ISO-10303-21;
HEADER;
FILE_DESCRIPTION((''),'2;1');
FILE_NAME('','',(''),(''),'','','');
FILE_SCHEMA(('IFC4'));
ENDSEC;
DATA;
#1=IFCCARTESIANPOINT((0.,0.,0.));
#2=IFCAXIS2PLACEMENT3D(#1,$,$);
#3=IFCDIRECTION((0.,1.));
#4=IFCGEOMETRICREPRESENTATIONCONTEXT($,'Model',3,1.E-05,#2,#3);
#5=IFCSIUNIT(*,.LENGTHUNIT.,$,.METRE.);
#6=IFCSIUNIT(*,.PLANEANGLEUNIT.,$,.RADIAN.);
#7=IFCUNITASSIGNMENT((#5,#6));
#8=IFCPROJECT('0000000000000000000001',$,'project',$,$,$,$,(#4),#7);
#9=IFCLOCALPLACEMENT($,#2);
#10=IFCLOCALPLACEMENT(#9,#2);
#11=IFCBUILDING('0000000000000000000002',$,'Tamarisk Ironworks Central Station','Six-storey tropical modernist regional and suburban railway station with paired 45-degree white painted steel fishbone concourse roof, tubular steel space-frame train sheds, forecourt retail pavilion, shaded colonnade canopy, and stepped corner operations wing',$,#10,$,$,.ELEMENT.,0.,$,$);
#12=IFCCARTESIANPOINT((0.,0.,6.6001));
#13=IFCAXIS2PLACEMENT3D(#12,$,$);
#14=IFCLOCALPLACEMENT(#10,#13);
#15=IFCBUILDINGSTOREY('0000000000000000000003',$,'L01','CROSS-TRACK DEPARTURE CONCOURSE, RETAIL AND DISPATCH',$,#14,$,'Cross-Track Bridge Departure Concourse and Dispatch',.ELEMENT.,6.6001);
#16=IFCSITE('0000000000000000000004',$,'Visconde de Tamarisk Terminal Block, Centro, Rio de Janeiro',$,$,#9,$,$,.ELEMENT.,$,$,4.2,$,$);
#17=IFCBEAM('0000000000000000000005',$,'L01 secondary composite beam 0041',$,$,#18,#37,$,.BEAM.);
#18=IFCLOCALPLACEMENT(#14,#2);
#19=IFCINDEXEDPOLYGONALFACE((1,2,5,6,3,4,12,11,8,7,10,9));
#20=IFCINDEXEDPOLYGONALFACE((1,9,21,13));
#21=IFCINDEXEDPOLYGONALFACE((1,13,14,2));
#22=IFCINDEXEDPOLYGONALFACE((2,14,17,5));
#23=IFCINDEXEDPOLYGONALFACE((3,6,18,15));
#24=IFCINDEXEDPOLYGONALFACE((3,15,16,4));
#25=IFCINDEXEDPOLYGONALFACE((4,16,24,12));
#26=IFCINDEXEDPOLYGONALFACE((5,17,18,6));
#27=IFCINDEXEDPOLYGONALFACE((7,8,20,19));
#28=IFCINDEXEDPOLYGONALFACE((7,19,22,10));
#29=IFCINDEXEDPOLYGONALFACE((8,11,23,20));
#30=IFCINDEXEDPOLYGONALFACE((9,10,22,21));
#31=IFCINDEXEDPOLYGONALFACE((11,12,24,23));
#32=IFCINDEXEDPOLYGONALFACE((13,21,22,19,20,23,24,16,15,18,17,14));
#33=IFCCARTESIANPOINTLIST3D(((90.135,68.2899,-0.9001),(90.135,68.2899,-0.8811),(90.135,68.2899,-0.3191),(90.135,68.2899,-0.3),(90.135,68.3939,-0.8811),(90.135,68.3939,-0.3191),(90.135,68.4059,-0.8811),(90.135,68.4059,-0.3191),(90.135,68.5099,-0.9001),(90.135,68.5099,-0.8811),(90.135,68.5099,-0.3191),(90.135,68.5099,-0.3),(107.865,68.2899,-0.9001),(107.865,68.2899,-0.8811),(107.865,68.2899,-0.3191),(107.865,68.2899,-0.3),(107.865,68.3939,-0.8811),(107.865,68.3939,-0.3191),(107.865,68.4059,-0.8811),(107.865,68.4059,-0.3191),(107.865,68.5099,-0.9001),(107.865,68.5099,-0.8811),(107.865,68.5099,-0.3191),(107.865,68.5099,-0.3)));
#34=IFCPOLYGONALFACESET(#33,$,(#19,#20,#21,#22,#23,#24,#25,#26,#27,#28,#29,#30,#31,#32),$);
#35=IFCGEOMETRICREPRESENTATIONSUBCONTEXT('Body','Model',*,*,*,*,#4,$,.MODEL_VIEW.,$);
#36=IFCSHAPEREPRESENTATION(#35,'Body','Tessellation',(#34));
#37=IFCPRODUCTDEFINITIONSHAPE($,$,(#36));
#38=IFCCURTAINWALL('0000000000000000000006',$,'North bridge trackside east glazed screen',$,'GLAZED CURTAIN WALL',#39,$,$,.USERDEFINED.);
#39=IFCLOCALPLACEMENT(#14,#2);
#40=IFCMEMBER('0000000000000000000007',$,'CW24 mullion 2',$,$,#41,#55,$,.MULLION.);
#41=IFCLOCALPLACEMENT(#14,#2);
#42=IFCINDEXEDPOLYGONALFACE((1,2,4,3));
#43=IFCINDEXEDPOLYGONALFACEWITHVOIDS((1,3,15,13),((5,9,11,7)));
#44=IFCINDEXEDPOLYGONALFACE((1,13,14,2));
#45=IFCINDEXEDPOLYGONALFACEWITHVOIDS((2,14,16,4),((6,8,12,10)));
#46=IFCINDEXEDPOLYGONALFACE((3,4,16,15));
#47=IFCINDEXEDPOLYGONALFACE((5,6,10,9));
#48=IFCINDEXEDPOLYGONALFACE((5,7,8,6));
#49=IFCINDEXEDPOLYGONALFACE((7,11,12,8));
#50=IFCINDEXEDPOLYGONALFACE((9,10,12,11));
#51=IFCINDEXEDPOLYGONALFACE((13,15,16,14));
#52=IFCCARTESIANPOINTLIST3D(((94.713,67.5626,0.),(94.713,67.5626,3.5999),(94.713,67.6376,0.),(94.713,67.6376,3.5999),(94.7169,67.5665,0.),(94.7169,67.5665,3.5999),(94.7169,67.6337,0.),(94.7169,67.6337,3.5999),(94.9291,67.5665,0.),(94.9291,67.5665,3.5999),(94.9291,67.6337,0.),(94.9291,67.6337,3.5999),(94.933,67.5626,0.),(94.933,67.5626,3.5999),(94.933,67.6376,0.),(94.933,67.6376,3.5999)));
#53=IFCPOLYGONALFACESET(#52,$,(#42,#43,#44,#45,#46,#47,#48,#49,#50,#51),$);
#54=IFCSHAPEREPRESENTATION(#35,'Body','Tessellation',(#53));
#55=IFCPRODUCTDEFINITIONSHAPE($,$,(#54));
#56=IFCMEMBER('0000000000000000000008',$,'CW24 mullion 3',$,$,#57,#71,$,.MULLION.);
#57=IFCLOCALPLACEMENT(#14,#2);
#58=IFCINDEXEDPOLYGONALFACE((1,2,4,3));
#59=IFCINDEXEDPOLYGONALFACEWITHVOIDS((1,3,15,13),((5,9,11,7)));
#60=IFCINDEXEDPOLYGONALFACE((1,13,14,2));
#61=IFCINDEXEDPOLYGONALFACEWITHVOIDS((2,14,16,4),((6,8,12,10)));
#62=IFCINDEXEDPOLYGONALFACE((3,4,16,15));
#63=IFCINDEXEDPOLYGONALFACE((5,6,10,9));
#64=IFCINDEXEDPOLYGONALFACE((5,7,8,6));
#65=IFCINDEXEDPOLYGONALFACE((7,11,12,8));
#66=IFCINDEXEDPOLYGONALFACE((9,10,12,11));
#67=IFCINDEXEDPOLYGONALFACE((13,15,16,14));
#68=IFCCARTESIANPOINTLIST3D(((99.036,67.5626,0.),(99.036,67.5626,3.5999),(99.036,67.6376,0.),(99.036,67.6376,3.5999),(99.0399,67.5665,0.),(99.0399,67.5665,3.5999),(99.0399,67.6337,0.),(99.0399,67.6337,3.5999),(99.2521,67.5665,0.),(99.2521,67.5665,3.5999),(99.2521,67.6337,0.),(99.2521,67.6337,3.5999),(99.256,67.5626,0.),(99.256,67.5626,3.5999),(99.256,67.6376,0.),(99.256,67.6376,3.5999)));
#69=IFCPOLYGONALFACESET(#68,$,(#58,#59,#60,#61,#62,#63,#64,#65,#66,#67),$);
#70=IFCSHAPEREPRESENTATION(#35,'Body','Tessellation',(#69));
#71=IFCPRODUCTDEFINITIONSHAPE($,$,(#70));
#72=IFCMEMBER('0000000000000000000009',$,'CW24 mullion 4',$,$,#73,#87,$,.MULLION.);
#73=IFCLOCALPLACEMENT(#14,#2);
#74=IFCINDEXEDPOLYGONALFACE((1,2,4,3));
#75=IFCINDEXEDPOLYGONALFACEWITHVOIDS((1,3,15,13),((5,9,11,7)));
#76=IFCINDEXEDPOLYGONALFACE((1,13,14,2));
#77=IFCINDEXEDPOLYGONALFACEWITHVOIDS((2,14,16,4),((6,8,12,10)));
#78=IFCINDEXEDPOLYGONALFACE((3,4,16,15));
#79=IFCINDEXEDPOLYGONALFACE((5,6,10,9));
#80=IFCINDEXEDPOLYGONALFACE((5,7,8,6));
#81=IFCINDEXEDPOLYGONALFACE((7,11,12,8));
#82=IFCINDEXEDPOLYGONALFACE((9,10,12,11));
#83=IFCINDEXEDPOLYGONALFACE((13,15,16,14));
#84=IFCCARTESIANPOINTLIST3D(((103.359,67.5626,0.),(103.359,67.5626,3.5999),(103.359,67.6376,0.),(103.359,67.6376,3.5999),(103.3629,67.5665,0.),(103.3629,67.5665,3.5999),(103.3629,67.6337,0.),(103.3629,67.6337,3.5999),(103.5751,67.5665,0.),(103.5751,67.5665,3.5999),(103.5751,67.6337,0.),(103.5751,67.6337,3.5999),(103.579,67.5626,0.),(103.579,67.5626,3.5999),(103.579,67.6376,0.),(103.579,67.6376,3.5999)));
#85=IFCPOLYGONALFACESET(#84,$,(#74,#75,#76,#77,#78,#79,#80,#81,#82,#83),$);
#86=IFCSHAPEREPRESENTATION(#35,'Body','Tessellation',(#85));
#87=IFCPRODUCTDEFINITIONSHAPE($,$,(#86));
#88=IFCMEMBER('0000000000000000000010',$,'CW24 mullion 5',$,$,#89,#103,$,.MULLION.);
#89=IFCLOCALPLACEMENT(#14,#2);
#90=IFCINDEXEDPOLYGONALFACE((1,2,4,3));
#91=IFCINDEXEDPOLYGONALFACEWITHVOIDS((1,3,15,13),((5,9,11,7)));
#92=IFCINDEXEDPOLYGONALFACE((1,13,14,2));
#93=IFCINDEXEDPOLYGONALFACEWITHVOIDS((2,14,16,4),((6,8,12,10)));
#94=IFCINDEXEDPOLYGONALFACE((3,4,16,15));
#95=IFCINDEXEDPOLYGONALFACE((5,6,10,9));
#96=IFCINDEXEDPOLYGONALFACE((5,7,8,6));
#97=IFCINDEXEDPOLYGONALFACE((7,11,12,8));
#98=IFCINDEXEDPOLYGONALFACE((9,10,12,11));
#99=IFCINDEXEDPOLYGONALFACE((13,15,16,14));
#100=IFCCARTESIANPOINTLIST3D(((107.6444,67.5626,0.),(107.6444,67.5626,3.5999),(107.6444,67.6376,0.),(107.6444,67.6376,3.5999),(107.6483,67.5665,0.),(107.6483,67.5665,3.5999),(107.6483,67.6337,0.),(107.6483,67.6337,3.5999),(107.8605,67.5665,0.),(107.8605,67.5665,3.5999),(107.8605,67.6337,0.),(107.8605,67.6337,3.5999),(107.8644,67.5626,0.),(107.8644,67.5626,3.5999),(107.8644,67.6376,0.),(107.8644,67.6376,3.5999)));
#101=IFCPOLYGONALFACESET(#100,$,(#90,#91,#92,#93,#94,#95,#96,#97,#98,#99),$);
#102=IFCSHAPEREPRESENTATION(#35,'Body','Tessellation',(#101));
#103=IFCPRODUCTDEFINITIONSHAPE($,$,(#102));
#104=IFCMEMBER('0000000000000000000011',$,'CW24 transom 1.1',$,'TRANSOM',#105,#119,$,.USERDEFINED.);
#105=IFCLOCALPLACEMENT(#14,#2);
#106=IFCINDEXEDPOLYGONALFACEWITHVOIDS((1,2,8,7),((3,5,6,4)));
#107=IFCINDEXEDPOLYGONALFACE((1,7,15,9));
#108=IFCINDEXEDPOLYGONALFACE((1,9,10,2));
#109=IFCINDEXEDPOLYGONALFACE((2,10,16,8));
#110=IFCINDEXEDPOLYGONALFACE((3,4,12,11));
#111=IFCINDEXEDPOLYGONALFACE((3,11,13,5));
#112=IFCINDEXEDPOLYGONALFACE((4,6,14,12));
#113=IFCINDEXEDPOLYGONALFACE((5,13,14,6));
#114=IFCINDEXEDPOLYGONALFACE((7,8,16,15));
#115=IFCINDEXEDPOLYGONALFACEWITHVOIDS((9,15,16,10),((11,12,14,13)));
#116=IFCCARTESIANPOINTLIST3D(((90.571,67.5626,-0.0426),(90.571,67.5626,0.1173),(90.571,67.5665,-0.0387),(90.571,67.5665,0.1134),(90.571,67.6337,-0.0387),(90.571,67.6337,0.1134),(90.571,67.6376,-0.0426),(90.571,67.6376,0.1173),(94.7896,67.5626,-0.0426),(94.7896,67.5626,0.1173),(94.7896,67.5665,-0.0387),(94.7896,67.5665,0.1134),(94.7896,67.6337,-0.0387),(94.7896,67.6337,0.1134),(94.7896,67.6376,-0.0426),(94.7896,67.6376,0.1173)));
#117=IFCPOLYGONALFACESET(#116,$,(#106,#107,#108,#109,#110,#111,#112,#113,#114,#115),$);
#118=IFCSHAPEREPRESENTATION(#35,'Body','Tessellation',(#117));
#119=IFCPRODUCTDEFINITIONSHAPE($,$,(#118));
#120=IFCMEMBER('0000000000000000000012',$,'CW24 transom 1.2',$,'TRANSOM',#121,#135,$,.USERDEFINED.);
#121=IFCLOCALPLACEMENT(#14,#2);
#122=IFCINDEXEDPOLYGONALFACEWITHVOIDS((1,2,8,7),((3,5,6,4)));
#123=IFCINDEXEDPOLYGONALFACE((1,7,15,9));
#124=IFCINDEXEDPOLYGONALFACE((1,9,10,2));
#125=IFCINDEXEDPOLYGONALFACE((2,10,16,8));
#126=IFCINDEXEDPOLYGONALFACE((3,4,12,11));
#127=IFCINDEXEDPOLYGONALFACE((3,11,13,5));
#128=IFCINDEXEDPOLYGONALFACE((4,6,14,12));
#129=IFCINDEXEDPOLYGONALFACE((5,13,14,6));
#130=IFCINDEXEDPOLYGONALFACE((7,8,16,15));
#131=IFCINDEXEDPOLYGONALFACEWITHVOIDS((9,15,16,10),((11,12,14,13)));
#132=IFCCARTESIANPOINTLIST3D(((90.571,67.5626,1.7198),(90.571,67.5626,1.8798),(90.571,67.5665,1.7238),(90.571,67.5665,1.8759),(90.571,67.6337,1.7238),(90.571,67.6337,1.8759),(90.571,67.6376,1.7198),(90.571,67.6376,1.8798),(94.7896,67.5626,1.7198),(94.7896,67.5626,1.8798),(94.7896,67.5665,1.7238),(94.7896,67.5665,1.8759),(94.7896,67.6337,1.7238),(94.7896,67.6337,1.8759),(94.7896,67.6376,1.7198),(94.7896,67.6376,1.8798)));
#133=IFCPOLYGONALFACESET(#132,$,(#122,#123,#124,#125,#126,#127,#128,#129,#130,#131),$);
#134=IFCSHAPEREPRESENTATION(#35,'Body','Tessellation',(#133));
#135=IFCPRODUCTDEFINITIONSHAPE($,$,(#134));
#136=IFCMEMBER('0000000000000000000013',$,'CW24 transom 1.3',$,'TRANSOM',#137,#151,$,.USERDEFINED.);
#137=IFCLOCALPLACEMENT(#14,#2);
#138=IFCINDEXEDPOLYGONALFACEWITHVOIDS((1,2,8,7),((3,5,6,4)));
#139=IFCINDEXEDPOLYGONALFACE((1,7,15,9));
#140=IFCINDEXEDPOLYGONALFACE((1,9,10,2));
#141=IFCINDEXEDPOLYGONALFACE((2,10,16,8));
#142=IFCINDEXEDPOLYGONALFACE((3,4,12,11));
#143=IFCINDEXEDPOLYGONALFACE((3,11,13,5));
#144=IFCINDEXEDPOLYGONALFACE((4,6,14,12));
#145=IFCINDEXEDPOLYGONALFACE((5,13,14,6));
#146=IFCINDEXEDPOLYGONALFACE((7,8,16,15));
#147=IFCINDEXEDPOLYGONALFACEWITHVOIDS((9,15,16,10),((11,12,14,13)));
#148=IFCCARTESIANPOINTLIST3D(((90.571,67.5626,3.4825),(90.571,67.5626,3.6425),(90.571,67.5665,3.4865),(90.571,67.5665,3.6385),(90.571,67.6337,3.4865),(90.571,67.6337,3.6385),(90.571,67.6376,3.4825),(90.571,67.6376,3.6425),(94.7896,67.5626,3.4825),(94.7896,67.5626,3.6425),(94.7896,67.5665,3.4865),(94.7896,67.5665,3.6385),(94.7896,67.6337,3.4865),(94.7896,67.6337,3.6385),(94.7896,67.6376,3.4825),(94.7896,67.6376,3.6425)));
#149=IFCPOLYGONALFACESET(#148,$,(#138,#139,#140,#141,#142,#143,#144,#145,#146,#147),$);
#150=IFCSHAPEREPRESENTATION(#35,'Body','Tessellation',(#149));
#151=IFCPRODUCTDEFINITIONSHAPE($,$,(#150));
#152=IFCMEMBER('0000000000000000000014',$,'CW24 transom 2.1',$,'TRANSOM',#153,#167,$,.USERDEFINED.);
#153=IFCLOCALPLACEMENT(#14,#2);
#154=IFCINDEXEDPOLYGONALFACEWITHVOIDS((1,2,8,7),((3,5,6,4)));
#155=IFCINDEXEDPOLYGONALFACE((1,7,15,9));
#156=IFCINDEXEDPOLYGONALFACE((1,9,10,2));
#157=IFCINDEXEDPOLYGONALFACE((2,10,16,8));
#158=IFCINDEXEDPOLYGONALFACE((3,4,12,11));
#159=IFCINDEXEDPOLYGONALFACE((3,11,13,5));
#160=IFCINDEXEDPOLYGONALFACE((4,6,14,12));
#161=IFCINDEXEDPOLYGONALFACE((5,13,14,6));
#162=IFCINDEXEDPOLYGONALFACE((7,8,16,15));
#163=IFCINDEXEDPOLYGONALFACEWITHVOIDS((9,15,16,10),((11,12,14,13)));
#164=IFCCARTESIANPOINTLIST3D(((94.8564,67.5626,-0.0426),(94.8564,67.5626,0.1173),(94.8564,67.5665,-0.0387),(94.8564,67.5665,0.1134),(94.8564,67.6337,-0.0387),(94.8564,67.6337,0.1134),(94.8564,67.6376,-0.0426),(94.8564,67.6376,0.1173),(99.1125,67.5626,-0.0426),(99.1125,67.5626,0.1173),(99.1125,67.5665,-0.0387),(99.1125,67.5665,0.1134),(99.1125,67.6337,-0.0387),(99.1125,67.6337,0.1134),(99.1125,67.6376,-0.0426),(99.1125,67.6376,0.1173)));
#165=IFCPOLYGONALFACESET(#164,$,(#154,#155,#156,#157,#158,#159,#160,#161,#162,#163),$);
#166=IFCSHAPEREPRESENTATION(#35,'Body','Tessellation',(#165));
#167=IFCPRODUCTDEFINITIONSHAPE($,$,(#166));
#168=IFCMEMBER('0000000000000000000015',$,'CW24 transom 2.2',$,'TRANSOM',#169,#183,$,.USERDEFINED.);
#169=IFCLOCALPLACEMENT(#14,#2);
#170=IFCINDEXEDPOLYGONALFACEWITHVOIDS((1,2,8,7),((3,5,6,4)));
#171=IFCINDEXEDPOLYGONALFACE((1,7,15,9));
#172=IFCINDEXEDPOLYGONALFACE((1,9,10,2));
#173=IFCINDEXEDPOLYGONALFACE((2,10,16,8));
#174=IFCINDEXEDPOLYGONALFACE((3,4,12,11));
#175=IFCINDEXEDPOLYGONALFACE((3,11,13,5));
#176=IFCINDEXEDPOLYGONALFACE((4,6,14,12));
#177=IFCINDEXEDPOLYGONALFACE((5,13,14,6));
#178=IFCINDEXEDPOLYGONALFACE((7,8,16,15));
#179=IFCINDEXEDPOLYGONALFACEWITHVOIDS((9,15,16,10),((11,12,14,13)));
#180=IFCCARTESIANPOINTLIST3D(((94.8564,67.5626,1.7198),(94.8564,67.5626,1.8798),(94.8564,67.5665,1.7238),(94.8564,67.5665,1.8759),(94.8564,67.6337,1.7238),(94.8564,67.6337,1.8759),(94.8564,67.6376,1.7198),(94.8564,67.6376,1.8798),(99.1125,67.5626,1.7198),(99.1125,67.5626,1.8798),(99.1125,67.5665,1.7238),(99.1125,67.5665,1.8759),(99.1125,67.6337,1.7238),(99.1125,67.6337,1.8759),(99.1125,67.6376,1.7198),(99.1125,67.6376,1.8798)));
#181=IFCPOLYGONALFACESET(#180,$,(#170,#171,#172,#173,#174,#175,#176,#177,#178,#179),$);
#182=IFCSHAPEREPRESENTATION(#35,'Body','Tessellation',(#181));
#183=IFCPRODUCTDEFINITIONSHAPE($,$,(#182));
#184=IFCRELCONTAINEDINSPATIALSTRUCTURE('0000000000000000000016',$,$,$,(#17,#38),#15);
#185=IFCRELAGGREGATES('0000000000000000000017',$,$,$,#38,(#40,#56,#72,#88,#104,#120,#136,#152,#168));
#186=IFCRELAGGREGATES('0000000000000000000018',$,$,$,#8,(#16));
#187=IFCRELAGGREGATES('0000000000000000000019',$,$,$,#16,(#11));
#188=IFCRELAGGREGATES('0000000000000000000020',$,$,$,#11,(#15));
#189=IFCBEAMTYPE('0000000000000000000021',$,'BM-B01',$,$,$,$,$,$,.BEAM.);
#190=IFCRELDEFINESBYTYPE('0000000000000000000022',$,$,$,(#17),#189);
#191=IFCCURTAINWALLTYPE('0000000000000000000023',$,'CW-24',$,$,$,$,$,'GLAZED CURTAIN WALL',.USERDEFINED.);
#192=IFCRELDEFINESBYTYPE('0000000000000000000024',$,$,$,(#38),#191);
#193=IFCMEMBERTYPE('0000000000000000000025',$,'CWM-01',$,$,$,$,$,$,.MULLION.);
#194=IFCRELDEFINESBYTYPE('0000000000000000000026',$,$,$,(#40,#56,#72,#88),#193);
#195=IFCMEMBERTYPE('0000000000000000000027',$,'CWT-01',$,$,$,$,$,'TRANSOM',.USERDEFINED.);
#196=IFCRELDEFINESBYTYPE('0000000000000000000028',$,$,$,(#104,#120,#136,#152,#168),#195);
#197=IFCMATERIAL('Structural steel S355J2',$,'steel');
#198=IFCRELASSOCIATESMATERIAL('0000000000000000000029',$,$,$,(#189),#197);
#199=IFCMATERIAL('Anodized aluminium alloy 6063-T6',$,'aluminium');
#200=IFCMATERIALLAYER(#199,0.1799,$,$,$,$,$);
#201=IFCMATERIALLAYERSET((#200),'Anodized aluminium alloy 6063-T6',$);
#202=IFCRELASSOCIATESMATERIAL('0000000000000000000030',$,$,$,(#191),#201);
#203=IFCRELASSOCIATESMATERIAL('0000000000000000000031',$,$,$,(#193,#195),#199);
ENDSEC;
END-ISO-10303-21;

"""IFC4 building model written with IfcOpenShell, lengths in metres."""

from ifc_helpers import new_model, si_unit, direction, frame, origin, origin_2d, place, context, subcontext, project, spatial, hollow_rectangle, i_section, extrude, material, layer, layer_set, material_profile, profile_set, type_object, element, aggregate, save


model = new_model("IFC4")

# Units and contexts
model_context = context("Model", 3, precision=1e-05, world=origin(), true_north=direction((0.0, 1.0)))
body_context = subcontext(model_context, "Body", "Model", "MODEL_VIEW")
ifc_project = project(units=[si_unit("LENGTHUNIT", "METRE"), si_unit("PLANEANGLEUNIT", "RADIAN")], contexts=[model_context])

# Site, building, storey
site_placement = place(None, origin())
site = spatial("IfcSite", under=ifc_project, at=site_placement, Name="Visconde de Tamarisk Terminal Block, Centro, Rio de Janeiro", CompositionType="ELEMENT", RefElevation=4.2)
building_placement = place(site_placement, origin())
building = spatial("IfcBuilding", under=site, at=building_placement, Name="Tamarisk Ironworks Central Station", Description="Six-storey tropical modernist regional and suburban railway station with paired 45-degree white painted steel fishbone concourse roof, tubular steel space-frame train sheds, forecourt retail pavilion, shaded colonnade canopy, and stepped corner operations wing", CompositionType="ELEMENT", ElevationOfRefHeight=0.0)
storey_placement = place(building_placement, frame((0.0, 0.0, 6.6001)))
storey = spatial("IfcBuildingStorey", under=building, at=storey_placement, Name="L01", Description="CROSS-TRACK DEPARTURE CONCOURSE, RETAIL AND DISPATCH", LongName="Cross-Track Bridge Departure Concourse and Dispatch", CompositionType="ELEMENT", Elevation=6.6001)

# Beam
ifc_material_1 = material(Name="Structural steel S355J2", Category="steel")
ifc_material_profile_1 = material_profile(ifc_material_1, i_section(OverallWidth=0.22, OverallDepth=0.6001, WebThickness=0.012, FlangeThickness=0.019, at=origin_2d()), Name="IPE 600")
ifc_profile_set_1 = profile_set([ifc_material_profile_1], Name="Structural steel S355J2")
beam_type = type_object("IfcBeamType", Name="BM-B01", PredefinedType="BEAM", material=ifc_profile_set_1)
beam_placement = place(storey_placement, frame((90.135, 68.3999, -0.6001), z_axis=(1.0, 0.0, 0.0), x_axis=(0.0, 1.0, 0.0)))
element("IfcBeam", 1, at=beam_placement, inside=storey, type_object=beam_type, Name="L01 secondary composite beam 0041", PredefinedType="BEAM", context=body_context, shape_type="SweptSolid", body=[
    extrude(i_section(OverallWidth=0.22, OverallDepth=0.6001, WebThickness=0.012, FlangeThickness=0.019, at=origin_2d()), origin(), (0.0, 0.0, 1.0), 17.73),
])

# Curtain wall, members
ifc_material_2 = material(Name="Anodized aluminium alloy 6063-T6", Category="aluminium")
ifc_layer_1 = layer(ifc_material_2, 0.1799)
ifc_layer_set_1 = layer_set([ifc_layer_1], Name="Anodized aluminium alloy 6063-T6")
curtain_wall_type = type_object("IfcCurtainWallType", Name="CW-24", ElementType="GLAZED CURTAIN WALL", PredefinedType="USERDEFINED", material=ifc_layer_set_1)
curtain_wall_placement = place(storey_placement, origin())
curtain_wall = element("IfcCurtainWall", 2, at=curtain_wall_placement, inside=storey, type_object=curtain_wall_type, Name="North bridge trackside east glazed screen", ObjectType="GLAZED CURTAIN WALL", PredefinedType="USERDEFINED")
ifc_material_profile_2 = material_profile(ifc_material_2, hollow_rectangle(XDim=0.075, YDim=0.22, WallThickness=0.0039, at=origin_2d()), Name="ALUM 220x75")
ifc_profile_set_2 = profile_set([ifc_material_profile_2], Name="Anodized aluminium alloy 6063-T6")
member_type_1 = type_object("IfcMemberType", Name="CWM-01", PredefinedType="MULLION", material=ifc_profile_set_2)
member_1_placement = place(storey_placement, frame((94.823, 67.6001, 0.0), z_axis=(0.0, 0.0, 1.0), x_axis=(0.0, 1.0, 0.0)))
member_1 = element("IfcMember", 3, at=member_1_placement, type_object=member_type_1, Name="CW24 mullion 2", PredefinedType="MULLION", context=body_context, shape_type="SweptSolid", body=[
    extrude(hollow_rectangle(XDim=0.075, YDim=0.22, WallThickness=0.0039, at=origin_2d()), origin(), (0.0, 0.0, 1.0), 3.5999),
])
member_2_placement = place(storey_placement, frame((99.146, 67.6001, 0.0), z_axis=(0.0, 0.0, 1.0), x_axis=(0.0, 1.0, 0.0)))
member_2 = element("IfcMember", 4, at=member_2_placement, type_object=member_type_1, Name="CW24 mullion 3", PredefinedType="MULLION", context=body_context, shape_type="SweptSolid", body=[
    extrude(hollow_rectangle(XDim=0.075, YDim=0.22, WallThickness=0.0039, at=origin_2d()), origin(), (0.0, 0.0, 1.0), 3.5999),
])
member_3_placement = place(storey_placement, frame((103.469, 67.6001, 0.0), z_axis=(0.0, 0.0, 1.0), x_axis=(0.0, 1.0, 0.0)))
member_3 = element("IfcMember", 5, at=member_3_placement, type_object=member_type_1, Name="CW24 mullion 4", PredefinedType="MULLION", context=body_context, shape_type="SweptSolid", body=[
    extrude(hollow_rectangle(XDim=0.075, YDim=0.22, WallThickness=0.0039, at=origin_2d()), origin(), (0.0, 0.0, 1.0), 3.5999),
])
member_4_placement = place(storey_placement, frame((107.7544, 67.6001, 0.0), z_axis=(0.0, 0.0, 1.0), x_axis=(0.0, 1.0, 0.0)))
member_4 = element("IfcMember", 6, at=member_4_placement, type_object=member_type_1, Name="CW24 mullion 5", PredefinedType="MULLION", context=body_context, shape_type="SweptSolid", body=[
    extrude(hollow_rectangle(XDim=0.075, YDim=0.22, WallThickness=0.0039, at=origin_2d()), origin(), (0.0, 0.0, 1.0), 3.5999),
])
ifc_material_profile_3 = material_profile(ifc_material_2, hollow_rectangle(XDim=0.075, YDim=0.1599, WallThickness=0.0039, at=origin_2d()), Name="ALUM 160x75")
ifc_profile_set_3 = profile_set([ifc_material_profile_3], Name="Anodized aluminium alloy 6063-T6")
member_type_2 = type_object("IfcMemberType", Name="CWT-01", ElementType="TRANSOM", PredefinedType="USERDEFINED", material=ifc_profile_set_3)
member_5_placement = place(storey_placement, frame((90.571, 67.6001, 0.0374), z_axis=(1.0, 0.0, 0.0), x_axis=(0.0, 1.0, 0.0)))
member_5 = element("IfcMember", 7, at=member_5_placement, type_object=member_type_2, Name="CW24 transom 1.1", ObjectType="TRANSOM", PredefinedType="USERDEFINED", context=body_context, shape_type="SweptSolid", body=[
    extrude(hollow_rectangle(XDim=0.075, YDim=0.1599, WallThickness=0.0039, at=origin_2d()), origin(), (0.0, 0.0, 1.0), 4.2185),
])
member_6_placement = place(storey_placement, frame((90.571, 67.6001, 1.7998), z_axis=(1.0, 0.0, 0.0), x_axis=(0.0, 1.0, 0.0)))
member_6 = element("IfcMember", 8, at=member_6_placement, type_object=member_type_2, Name="CW24 transom 1.2", ObjectType="TRANSOM", PredefinedType="USERDEFINED", context=body_context, shape_type="SweptSolid", body=[
    extrude(hollow_rectangle(XDim=0.075, YDim=0.1599, WallThickness=0.0039, at=origin_2d()), origin(), (0.0, 0.0, 1.0), 4.2185),
])
member_7_placement = place(storey_placement, frame((90.571, 67.6001, 3.5625), z_axis=(1.0, 0.0, 0.0), x_axis=(0.0, 1.0, 0.0)))
member_7 = element("IfcMember", 9, at=member_7_placement, type_object=member_type_2, Name="CW24 transom 1.3", ObjectType="TRANSOM", PredefinedType="USERDEFINED", context=body_context, shape_type="SweptSolid", body=[
    extrude(hollow_rectangle(XDim=0.075, YDim=0.1599, WallThickness=0.0039, at=origin_2d()), origin(), (0.0, 0.0, 1.0), 4.2185),
])
member_8_placement = place(storey_placement, frame((94.8564, 67.6001, 0.0374), z_axis=(1.0, 0.0, 0.0), x_axis=(0.0, 1.0, 0.0)))
member_8 = element("IfcMember", 10, at=member_8_placement, type_object=member_type_2, Name="CW24 transom 2.1", ObjectType="TRANSOM", PredefinedType="USERDEFINED", context=body_context, shape_type="SweptSolid", body=[
    extrude(hollow_rectangle(XDim=0.075, YDim=0.1599, WallThickness=0.0039, at=origin_2d()), origin(), (0.0, 0.0, 1.0), 4.2561),
])
member_9_placement = place(storey_placement, frame((94.8564, 67.6001, 1.7998), z_axis=(1.0, 0.0, 0.0), x_axis=(0.0, 1.0, 0.0)))
member_9 = element("IfcMember", 11, at=member_9_placement, type_object=member_type_2, Name="CW24 transom 2.2", ObjectType="TRANSOM", PredefinedType="USERDEFINED", context=body_context, shape_type="SweptSolid", body=[
    extrude(hollow_rectangle(XDim=0.075, YDim=0.1599, WallThickness=0.0039, at=origin_2d()), origin(), (0.0, 0.0, 1.0), 4.2561),
])
aggregate(curtain_wall, [member_1, member_2, member_3, member_4, member_5, member_6, member_7, member_8, member_9])

save(model, "model.ifc")
